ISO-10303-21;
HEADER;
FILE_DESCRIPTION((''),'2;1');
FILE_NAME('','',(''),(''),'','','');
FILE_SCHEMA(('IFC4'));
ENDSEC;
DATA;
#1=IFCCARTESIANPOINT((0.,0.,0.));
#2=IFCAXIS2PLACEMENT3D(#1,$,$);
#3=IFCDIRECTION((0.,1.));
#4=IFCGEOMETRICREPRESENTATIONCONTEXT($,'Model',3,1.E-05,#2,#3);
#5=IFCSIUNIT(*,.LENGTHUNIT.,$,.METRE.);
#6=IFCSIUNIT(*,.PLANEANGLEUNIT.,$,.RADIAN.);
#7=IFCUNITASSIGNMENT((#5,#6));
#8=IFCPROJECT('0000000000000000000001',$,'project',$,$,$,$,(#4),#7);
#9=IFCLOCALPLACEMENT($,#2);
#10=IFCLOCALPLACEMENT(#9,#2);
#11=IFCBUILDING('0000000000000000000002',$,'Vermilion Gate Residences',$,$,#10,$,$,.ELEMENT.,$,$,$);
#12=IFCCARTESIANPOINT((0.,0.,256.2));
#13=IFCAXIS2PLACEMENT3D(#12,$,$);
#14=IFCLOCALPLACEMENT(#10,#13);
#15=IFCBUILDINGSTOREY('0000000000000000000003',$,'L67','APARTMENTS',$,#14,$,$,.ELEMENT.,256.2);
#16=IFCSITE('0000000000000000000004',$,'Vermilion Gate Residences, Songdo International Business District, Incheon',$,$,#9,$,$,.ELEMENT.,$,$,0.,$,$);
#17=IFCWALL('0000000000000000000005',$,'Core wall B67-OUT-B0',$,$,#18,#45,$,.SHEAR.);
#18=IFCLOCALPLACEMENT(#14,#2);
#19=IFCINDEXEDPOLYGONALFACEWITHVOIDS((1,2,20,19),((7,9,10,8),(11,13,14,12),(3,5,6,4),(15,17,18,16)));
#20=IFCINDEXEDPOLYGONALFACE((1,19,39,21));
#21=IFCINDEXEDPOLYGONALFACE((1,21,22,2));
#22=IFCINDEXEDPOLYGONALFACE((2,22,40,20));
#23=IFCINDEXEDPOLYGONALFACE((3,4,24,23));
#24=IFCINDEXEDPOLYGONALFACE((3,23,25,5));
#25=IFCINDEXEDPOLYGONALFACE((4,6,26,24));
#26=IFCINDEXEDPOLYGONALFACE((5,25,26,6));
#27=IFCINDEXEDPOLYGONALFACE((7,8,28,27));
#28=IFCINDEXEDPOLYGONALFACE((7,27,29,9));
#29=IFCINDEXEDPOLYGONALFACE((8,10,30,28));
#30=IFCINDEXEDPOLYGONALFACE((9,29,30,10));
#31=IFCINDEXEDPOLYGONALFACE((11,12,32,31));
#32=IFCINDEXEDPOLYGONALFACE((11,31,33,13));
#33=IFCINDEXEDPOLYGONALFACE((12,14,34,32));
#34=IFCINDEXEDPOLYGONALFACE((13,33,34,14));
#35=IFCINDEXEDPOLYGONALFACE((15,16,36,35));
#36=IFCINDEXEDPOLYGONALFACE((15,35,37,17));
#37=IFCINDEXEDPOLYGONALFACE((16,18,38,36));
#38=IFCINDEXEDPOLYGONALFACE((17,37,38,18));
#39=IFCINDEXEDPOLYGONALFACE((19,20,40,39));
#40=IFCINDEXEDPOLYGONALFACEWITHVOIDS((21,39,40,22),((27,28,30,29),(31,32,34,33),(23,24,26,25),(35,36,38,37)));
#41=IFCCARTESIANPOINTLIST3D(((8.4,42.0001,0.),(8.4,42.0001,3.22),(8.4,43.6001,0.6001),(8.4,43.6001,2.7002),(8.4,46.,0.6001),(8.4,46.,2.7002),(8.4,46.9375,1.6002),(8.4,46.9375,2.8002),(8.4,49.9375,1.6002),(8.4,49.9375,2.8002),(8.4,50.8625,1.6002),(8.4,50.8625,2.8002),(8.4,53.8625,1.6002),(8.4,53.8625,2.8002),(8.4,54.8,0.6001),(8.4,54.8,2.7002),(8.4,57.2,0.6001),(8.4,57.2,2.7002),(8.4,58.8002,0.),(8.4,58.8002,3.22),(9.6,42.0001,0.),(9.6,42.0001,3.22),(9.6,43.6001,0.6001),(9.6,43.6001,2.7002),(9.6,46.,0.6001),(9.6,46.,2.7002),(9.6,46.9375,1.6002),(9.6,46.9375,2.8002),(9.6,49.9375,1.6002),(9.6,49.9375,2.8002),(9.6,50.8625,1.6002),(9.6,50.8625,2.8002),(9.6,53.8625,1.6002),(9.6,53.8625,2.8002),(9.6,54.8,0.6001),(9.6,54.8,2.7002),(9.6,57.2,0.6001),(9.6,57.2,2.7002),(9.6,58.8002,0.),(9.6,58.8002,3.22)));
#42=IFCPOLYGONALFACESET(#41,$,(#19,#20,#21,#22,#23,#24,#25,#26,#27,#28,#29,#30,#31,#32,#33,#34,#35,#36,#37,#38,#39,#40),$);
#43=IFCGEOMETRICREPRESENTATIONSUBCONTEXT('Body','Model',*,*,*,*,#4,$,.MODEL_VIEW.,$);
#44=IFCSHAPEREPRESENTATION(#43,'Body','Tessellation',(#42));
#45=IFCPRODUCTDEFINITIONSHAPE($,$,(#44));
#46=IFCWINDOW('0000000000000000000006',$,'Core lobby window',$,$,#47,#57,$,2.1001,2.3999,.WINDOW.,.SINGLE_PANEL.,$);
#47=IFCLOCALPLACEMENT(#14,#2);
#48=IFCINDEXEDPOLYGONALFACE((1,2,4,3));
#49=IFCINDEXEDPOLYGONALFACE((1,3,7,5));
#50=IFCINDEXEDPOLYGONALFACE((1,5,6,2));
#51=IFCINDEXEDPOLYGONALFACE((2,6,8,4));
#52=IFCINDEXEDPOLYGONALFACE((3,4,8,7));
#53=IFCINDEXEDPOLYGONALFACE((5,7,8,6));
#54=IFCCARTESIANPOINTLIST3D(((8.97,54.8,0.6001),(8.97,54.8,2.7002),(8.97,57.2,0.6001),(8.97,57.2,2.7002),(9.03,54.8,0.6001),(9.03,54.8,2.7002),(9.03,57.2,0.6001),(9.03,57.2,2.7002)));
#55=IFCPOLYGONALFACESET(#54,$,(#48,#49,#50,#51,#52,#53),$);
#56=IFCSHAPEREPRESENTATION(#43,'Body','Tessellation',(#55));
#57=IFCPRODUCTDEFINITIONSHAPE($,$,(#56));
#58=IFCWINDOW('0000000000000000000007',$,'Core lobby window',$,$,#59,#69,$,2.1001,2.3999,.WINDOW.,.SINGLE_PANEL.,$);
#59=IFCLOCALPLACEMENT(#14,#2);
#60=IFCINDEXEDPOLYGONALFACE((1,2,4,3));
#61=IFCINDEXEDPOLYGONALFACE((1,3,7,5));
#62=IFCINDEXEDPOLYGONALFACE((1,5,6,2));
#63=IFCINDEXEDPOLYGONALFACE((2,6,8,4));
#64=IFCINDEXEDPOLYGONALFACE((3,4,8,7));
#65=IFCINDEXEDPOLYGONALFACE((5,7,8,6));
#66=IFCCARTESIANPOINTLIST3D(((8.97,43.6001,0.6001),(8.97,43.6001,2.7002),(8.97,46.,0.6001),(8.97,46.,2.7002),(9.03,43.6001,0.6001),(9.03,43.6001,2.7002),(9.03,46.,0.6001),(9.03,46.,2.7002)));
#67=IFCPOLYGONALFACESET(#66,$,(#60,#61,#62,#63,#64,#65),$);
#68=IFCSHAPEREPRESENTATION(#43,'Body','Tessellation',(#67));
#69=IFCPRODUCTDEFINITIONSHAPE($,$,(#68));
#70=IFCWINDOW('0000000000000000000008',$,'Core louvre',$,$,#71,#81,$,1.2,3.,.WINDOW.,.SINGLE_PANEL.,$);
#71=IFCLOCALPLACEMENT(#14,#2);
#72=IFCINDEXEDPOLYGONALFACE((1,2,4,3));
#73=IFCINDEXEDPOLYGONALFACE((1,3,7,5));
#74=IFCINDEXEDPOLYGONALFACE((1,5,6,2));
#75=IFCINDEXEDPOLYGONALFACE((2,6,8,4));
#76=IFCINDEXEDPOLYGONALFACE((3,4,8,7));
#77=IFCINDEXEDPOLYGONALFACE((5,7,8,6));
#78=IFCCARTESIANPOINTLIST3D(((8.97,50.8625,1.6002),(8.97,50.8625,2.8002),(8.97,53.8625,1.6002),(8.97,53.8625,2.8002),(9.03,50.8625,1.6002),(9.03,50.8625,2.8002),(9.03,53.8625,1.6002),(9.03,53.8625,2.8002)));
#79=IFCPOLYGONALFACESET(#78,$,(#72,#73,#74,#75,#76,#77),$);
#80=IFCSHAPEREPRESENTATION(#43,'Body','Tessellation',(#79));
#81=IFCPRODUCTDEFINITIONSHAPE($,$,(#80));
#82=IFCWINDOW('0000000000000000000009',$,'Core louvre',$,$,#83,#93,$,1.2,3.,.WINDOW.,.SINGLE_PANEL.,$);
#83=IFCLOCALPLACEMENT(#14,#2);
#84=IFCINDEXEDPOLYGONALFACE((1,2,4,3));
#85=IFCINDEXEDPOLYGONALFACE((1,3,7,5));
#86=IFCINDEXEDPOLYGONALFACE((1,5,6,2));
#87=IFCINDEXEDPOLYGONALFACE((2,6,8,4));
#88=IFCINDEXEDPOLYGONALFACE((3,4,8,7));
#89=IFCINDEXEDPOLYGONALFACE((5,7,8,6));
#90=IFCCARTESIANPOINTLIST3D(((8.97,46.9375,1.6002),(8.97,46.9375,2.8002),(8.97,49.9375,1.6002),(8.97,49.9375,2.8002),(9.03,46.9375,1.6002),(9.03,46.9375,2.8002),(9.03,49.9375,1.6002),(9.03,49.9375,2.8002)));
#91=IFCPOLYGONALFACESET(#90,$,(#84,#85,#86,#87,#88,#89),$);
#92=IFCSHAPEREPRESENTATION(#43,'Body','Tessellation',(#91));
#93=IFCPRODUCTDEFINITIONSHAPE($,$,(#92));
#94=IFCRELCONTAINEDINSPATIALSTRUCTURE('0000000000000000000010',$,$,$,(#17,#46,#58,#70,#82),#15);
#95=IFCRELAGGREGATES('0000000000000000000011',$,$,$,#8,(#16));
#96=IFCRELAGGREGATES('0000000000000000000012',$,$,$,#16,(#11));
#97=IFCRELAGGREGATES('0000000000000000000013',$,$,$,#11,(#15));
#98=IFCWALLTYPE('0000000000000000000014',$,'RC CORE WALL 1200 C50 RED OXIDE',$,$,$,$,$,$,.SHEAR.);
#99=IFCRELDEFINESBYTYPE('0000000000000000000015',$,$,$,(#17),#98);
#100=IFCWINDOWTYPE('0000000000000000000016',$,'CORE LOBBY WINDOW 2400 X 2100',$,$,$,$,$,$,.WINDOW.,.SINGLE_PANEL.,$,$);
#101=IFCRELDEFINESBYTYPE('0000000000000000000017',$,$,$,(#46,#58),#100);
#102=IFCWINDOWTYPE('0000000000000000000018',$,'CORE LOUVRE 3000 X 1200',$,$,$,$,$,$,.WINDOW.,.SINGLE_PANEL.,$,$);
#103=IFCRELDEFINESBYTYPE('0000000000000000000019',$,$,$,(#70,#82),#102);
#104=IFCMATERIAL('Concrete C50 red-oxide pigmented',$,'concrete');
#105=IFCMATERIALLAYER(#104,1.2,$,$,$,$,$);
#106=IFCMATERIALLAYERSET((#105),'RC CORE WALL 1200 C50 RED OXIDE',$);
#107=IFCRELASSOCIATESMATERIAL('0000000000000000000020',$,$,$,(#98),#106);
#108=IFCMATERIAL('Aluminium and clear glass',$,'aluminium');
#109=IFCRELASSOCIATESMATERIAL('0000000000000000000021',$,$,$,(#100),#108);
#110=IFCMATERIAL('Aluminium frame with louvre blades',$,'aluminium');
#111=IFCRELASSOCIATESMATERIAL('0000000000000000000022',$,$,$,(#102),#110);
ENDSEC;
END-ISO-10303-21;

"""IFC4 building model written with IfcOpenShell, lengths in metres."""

from ifc_helpers import new_model, si_unit, direction, frame, frame_2d, origin, place, context, subcontext, project, spatial, rectangle, extrude, material, layer, layer_set, type_object, element, fill, save


model = new_model("IFC4")

# Units and contexts
model_context = context("Model", 3, precision=1e-05, world=origin(), true_north=direction((0.0, 1.0)))
body_context = subcontext(model_context, "Body", "Model", "MODEL_VIEW")
ifc_project = project(units=[si_unit("LENGTHUNIT", "METRE"), si_unit("PLANEANGLEUNIT", "RADIAN")], contexts=[model_context])

# Site, building, storey
site_placement = place(None, origin())
site = spatial("IfcSite", under=ifc_project, at=site_placement, Name="Vermilion Gate Residences, Songdo International Business District, Incheon", CompositionType="ELEMENT", RefElevation=0.0)
building_placement = place(site_placement, origin())
building = spatial("IfcBuilding", under=site, at=building_placement, Name="Vermilion Gate Residences", CompositionType="ELEMENT")
storey_placement = place(building_placement, frame((0.0, 0.0, 256.2)))
storey = spatial("IfcBuildingStorey", under=building, at=storey_placement, Name="L67", Description="APARTMENTS", CompositionType="ELEMENT", Elevation=256.2)

# Wall, openings, windows
ifc_material_1 = material(Name="Concrete C50 red-oxide pigmented", Category="concrete")
ifc_layer_1 = layer(ifc_material_1, 1.2)
ifc_layer_set_1 = layer_set([ifc_layer_1], Name="RC CORE WALL 1200 C50 RED OXIDE")
wall_type_1 = type_object("IfcWallType", Name="RC CORE WALL 1200 C50 RED OXIDE", PredefinedType="SHEAR", material=ifc_layer_set_1)
wall_1_placement = place(storey_placement, frame((9.0, 58.8, 0.0), z_axis=(0.0, 0.0, 1.0), x_axis=(0.0, -1.0, 0.0)))
wall_1 = element("IfcWall", 1, at=wall_1_placement, inside=storey, type_object=wall_type_1, Name="Core wall B67-OUT-B0", PredefinedType="SHEAR", context=body_context, shape_type="SweptSolid", body=[
    extrude(rectangle(XDim=16.8, YDim=1.2, at=frame_2d((8.3999, 0.0))), origin(), (0.0, 0.0, 1.0), 3.22),
])
opening_1_placement = place(wall_1_placement, frame((1.6001, 0.0, 0.6001)))
opening_1 = element("IfcOpeningElement", 2, at=opening_1_placement, cuts=wall_1, PredefinedType="OPENING", context=body_context, shape_type="SweptSolid", body=[
    extrude(rectangle(XDim=2.3999, YDim=2.1001, at=frame_2d((1.2, 1.05))), frame((0.0, 0.6099, 0.0), z_axis=(0.0, -1.0, 0.0), x_axis=(1.0, 0.0, 0.0)), (0.0, 0.0, 1.0), 1.22),
])
opening_2_placement = place(wall_1_placement, frame((4.9375, 0.0, 1.6001)))
opening_2 = element("IfcOpeningElement", 3, at=opening_2_placement, cuts=wall_1, PredefinedType="OPENING", context=body_context, shape_type="SweptSolid", body=[
    extrude(rectangle(XDim=3.0, YDim=1.2, at=frame_2d((1.5, 0.6001))), frame((0.0, 0.6099, 0.0), z_axis=(0.0, -1.0, 0.0), x_axis=(1.0, 0.0, 0.0)), (0.0, 0.0, 1.0), 1.22),
])
opening_3_placement = place(wall_1_placement, frame((8.8625, 0.0, 1.6001)))
opening_3 = element("IfcOpeningElement", 4, at=opening_3_placement, cuts=wall_1, PredefinedType="OPENING", context=body_context, shape_type="SweptSolid", body=[
    extrude(rectangle(XDim=3.0, YDim=1.2, at=frame_2d((1.5, 0.6001))), frame((0.0, 0.6099, 0.0), z_axis=(0.0, -1.0, 0.0), x_axis=(1.0, 0.0, 0.0)), (0.0, 0.0, 1.0), 1.22),
])
opening_4_placement = place(wall_1_placement, frame((12.8, 0.0, 0.6001)))
opening_4 = element("IfcOpeningElement", 5, at=opening_4_placement, cuts=wall_1, PredefinedType="OPENING", context=body_context, shape_type="SweptSolid", body=[
    extrude(rectangle(XDim=2.3999, YDim=2.1001, at=frame_2d((1.2, 1.05))), frame((0.0, 0.6099, 0.0), z_axis=(0.0, -1.0, 0.0), x_axis=(1.0, 0.0, 0.0)), (0.0, 0.0, 1.0), 1.22),
])
ifc_material_2 = material(Name="Aluminium and clear glass", Category="aluminium")
window_type_1 = type_object("IfcWindowType", Name="CORE LOBBY WINDOW 2400 X 2100", PartitioningType="SINGLE_PANEL", PredefinedType="WINDOW", material=ifc_material_2)
window_1_placement = place(opening_1_placement, origin())
window_1 = element("IfcWindow", 6, at=window_1_placement, inside=storey, type_object=window_type_1, Name="Core lobby window", OverallHeight=2.1001, OverallWidth=2.3999, PartitioningType="SINGLE_PANEL", PredefinedType="WINDOW", context=body_context, shape_type="SweptSolid", body=[
    extrude(rectangle(XDim=2.3999, YDim=2.1001, at=frame_2d((1.2, 1.05))), frame((0.0, 0.03, 0.0), z_axis=(0.0, -1.0, 0.0), x_axis=(1.0, 0.0, 0.0)), (0.0, 0.0, 1.0), 0.0601),
])
fill(opening_1, window_1)
window_2_placement = place(opening_4_placement, origin())
window_2 = element("IfcWindow", 7, at=window_2_placement, inside=storey, type_object=window_type_1, Name="Core lobby window", OverallHeight=2.1001, OverallWidth=2.3999, PartitioningType="SINGLE_PANEL", PredefinedType="WINDOW", context=body_context, shape_type="SweptSolid", body=[
    extrude(rectangle(XDim=2.3999, YDim=2.1001, at=frame_2d((1.2, 1.05))), frame((0.0, 0.03, 0.0), z_axis=(0.0, -1.0, 0.0), x_axis=(1.0, 0.0, 0.0)), (0.0, 0.0, 1.0), 0.0601),
])
fill(opening_4, window_2)
ifc_material_3 = material(Name="Aluminium frame with louvre blades", Category="aluminium")
window_type_2 = type_object("IfcWindowType", Name="CORE LOUVRE 3000 X 1200", PartitioningType="SINGLE_PANEL", PredefinedType="WINDOW", material=ifc_material_3)
window_3_placement = place(opening_2_placement, origin())
window_3 = element("IfcWindow", 8, at=window_3_placement, inside=storey, type_object=window_type_2, Name="Core louvre", OverallHeight=1.2, OverallWidth=3.0, PartitioningType="SINGLE_PANEL", PredefinedType="WINDOW", context=body_context, shape_type="SweptSolid", body=[
    extrude(rectangle(XDim=3.0, YDim=1.2, at=frame_2d((1.5, 0.6001))), frame((0.0, 0.03, 0.0), z_axis=(0.0, -1.0, 0.0), x_axis=(1.0, 0.0, 0.0)), (0.0, 0.0, 1.0), 0.0601),
])
fill(opening_2, window_3)
window_4_placement = place(opening_3_placement, origin())
window_4 = element("IfcWindow", 9, at=window_4_placement, inside=storey, type_object=window_type_2, Name="Core louvre", OverallHeight=1.2, OverallWidth=3.0, PartitioningType="SINGLE_PANEL", PredefinedType="WINDOW", context=body_context, shape_type="SweptSolid", body=[
    extrude(rectangle(XDim=3.0, YDim=1.2, at=frame_2d((1.5, 0.6001))), frame((0.0, 0.03, 0.0), z_axis=(0.0, -1.0, 0.0), x_axis=(1.0, 0.0, 0.0)), (0.0, 0.0, 1.0), 0.0601),
])
fill(opening_3, window_4)

save(model, "model.ifc")
